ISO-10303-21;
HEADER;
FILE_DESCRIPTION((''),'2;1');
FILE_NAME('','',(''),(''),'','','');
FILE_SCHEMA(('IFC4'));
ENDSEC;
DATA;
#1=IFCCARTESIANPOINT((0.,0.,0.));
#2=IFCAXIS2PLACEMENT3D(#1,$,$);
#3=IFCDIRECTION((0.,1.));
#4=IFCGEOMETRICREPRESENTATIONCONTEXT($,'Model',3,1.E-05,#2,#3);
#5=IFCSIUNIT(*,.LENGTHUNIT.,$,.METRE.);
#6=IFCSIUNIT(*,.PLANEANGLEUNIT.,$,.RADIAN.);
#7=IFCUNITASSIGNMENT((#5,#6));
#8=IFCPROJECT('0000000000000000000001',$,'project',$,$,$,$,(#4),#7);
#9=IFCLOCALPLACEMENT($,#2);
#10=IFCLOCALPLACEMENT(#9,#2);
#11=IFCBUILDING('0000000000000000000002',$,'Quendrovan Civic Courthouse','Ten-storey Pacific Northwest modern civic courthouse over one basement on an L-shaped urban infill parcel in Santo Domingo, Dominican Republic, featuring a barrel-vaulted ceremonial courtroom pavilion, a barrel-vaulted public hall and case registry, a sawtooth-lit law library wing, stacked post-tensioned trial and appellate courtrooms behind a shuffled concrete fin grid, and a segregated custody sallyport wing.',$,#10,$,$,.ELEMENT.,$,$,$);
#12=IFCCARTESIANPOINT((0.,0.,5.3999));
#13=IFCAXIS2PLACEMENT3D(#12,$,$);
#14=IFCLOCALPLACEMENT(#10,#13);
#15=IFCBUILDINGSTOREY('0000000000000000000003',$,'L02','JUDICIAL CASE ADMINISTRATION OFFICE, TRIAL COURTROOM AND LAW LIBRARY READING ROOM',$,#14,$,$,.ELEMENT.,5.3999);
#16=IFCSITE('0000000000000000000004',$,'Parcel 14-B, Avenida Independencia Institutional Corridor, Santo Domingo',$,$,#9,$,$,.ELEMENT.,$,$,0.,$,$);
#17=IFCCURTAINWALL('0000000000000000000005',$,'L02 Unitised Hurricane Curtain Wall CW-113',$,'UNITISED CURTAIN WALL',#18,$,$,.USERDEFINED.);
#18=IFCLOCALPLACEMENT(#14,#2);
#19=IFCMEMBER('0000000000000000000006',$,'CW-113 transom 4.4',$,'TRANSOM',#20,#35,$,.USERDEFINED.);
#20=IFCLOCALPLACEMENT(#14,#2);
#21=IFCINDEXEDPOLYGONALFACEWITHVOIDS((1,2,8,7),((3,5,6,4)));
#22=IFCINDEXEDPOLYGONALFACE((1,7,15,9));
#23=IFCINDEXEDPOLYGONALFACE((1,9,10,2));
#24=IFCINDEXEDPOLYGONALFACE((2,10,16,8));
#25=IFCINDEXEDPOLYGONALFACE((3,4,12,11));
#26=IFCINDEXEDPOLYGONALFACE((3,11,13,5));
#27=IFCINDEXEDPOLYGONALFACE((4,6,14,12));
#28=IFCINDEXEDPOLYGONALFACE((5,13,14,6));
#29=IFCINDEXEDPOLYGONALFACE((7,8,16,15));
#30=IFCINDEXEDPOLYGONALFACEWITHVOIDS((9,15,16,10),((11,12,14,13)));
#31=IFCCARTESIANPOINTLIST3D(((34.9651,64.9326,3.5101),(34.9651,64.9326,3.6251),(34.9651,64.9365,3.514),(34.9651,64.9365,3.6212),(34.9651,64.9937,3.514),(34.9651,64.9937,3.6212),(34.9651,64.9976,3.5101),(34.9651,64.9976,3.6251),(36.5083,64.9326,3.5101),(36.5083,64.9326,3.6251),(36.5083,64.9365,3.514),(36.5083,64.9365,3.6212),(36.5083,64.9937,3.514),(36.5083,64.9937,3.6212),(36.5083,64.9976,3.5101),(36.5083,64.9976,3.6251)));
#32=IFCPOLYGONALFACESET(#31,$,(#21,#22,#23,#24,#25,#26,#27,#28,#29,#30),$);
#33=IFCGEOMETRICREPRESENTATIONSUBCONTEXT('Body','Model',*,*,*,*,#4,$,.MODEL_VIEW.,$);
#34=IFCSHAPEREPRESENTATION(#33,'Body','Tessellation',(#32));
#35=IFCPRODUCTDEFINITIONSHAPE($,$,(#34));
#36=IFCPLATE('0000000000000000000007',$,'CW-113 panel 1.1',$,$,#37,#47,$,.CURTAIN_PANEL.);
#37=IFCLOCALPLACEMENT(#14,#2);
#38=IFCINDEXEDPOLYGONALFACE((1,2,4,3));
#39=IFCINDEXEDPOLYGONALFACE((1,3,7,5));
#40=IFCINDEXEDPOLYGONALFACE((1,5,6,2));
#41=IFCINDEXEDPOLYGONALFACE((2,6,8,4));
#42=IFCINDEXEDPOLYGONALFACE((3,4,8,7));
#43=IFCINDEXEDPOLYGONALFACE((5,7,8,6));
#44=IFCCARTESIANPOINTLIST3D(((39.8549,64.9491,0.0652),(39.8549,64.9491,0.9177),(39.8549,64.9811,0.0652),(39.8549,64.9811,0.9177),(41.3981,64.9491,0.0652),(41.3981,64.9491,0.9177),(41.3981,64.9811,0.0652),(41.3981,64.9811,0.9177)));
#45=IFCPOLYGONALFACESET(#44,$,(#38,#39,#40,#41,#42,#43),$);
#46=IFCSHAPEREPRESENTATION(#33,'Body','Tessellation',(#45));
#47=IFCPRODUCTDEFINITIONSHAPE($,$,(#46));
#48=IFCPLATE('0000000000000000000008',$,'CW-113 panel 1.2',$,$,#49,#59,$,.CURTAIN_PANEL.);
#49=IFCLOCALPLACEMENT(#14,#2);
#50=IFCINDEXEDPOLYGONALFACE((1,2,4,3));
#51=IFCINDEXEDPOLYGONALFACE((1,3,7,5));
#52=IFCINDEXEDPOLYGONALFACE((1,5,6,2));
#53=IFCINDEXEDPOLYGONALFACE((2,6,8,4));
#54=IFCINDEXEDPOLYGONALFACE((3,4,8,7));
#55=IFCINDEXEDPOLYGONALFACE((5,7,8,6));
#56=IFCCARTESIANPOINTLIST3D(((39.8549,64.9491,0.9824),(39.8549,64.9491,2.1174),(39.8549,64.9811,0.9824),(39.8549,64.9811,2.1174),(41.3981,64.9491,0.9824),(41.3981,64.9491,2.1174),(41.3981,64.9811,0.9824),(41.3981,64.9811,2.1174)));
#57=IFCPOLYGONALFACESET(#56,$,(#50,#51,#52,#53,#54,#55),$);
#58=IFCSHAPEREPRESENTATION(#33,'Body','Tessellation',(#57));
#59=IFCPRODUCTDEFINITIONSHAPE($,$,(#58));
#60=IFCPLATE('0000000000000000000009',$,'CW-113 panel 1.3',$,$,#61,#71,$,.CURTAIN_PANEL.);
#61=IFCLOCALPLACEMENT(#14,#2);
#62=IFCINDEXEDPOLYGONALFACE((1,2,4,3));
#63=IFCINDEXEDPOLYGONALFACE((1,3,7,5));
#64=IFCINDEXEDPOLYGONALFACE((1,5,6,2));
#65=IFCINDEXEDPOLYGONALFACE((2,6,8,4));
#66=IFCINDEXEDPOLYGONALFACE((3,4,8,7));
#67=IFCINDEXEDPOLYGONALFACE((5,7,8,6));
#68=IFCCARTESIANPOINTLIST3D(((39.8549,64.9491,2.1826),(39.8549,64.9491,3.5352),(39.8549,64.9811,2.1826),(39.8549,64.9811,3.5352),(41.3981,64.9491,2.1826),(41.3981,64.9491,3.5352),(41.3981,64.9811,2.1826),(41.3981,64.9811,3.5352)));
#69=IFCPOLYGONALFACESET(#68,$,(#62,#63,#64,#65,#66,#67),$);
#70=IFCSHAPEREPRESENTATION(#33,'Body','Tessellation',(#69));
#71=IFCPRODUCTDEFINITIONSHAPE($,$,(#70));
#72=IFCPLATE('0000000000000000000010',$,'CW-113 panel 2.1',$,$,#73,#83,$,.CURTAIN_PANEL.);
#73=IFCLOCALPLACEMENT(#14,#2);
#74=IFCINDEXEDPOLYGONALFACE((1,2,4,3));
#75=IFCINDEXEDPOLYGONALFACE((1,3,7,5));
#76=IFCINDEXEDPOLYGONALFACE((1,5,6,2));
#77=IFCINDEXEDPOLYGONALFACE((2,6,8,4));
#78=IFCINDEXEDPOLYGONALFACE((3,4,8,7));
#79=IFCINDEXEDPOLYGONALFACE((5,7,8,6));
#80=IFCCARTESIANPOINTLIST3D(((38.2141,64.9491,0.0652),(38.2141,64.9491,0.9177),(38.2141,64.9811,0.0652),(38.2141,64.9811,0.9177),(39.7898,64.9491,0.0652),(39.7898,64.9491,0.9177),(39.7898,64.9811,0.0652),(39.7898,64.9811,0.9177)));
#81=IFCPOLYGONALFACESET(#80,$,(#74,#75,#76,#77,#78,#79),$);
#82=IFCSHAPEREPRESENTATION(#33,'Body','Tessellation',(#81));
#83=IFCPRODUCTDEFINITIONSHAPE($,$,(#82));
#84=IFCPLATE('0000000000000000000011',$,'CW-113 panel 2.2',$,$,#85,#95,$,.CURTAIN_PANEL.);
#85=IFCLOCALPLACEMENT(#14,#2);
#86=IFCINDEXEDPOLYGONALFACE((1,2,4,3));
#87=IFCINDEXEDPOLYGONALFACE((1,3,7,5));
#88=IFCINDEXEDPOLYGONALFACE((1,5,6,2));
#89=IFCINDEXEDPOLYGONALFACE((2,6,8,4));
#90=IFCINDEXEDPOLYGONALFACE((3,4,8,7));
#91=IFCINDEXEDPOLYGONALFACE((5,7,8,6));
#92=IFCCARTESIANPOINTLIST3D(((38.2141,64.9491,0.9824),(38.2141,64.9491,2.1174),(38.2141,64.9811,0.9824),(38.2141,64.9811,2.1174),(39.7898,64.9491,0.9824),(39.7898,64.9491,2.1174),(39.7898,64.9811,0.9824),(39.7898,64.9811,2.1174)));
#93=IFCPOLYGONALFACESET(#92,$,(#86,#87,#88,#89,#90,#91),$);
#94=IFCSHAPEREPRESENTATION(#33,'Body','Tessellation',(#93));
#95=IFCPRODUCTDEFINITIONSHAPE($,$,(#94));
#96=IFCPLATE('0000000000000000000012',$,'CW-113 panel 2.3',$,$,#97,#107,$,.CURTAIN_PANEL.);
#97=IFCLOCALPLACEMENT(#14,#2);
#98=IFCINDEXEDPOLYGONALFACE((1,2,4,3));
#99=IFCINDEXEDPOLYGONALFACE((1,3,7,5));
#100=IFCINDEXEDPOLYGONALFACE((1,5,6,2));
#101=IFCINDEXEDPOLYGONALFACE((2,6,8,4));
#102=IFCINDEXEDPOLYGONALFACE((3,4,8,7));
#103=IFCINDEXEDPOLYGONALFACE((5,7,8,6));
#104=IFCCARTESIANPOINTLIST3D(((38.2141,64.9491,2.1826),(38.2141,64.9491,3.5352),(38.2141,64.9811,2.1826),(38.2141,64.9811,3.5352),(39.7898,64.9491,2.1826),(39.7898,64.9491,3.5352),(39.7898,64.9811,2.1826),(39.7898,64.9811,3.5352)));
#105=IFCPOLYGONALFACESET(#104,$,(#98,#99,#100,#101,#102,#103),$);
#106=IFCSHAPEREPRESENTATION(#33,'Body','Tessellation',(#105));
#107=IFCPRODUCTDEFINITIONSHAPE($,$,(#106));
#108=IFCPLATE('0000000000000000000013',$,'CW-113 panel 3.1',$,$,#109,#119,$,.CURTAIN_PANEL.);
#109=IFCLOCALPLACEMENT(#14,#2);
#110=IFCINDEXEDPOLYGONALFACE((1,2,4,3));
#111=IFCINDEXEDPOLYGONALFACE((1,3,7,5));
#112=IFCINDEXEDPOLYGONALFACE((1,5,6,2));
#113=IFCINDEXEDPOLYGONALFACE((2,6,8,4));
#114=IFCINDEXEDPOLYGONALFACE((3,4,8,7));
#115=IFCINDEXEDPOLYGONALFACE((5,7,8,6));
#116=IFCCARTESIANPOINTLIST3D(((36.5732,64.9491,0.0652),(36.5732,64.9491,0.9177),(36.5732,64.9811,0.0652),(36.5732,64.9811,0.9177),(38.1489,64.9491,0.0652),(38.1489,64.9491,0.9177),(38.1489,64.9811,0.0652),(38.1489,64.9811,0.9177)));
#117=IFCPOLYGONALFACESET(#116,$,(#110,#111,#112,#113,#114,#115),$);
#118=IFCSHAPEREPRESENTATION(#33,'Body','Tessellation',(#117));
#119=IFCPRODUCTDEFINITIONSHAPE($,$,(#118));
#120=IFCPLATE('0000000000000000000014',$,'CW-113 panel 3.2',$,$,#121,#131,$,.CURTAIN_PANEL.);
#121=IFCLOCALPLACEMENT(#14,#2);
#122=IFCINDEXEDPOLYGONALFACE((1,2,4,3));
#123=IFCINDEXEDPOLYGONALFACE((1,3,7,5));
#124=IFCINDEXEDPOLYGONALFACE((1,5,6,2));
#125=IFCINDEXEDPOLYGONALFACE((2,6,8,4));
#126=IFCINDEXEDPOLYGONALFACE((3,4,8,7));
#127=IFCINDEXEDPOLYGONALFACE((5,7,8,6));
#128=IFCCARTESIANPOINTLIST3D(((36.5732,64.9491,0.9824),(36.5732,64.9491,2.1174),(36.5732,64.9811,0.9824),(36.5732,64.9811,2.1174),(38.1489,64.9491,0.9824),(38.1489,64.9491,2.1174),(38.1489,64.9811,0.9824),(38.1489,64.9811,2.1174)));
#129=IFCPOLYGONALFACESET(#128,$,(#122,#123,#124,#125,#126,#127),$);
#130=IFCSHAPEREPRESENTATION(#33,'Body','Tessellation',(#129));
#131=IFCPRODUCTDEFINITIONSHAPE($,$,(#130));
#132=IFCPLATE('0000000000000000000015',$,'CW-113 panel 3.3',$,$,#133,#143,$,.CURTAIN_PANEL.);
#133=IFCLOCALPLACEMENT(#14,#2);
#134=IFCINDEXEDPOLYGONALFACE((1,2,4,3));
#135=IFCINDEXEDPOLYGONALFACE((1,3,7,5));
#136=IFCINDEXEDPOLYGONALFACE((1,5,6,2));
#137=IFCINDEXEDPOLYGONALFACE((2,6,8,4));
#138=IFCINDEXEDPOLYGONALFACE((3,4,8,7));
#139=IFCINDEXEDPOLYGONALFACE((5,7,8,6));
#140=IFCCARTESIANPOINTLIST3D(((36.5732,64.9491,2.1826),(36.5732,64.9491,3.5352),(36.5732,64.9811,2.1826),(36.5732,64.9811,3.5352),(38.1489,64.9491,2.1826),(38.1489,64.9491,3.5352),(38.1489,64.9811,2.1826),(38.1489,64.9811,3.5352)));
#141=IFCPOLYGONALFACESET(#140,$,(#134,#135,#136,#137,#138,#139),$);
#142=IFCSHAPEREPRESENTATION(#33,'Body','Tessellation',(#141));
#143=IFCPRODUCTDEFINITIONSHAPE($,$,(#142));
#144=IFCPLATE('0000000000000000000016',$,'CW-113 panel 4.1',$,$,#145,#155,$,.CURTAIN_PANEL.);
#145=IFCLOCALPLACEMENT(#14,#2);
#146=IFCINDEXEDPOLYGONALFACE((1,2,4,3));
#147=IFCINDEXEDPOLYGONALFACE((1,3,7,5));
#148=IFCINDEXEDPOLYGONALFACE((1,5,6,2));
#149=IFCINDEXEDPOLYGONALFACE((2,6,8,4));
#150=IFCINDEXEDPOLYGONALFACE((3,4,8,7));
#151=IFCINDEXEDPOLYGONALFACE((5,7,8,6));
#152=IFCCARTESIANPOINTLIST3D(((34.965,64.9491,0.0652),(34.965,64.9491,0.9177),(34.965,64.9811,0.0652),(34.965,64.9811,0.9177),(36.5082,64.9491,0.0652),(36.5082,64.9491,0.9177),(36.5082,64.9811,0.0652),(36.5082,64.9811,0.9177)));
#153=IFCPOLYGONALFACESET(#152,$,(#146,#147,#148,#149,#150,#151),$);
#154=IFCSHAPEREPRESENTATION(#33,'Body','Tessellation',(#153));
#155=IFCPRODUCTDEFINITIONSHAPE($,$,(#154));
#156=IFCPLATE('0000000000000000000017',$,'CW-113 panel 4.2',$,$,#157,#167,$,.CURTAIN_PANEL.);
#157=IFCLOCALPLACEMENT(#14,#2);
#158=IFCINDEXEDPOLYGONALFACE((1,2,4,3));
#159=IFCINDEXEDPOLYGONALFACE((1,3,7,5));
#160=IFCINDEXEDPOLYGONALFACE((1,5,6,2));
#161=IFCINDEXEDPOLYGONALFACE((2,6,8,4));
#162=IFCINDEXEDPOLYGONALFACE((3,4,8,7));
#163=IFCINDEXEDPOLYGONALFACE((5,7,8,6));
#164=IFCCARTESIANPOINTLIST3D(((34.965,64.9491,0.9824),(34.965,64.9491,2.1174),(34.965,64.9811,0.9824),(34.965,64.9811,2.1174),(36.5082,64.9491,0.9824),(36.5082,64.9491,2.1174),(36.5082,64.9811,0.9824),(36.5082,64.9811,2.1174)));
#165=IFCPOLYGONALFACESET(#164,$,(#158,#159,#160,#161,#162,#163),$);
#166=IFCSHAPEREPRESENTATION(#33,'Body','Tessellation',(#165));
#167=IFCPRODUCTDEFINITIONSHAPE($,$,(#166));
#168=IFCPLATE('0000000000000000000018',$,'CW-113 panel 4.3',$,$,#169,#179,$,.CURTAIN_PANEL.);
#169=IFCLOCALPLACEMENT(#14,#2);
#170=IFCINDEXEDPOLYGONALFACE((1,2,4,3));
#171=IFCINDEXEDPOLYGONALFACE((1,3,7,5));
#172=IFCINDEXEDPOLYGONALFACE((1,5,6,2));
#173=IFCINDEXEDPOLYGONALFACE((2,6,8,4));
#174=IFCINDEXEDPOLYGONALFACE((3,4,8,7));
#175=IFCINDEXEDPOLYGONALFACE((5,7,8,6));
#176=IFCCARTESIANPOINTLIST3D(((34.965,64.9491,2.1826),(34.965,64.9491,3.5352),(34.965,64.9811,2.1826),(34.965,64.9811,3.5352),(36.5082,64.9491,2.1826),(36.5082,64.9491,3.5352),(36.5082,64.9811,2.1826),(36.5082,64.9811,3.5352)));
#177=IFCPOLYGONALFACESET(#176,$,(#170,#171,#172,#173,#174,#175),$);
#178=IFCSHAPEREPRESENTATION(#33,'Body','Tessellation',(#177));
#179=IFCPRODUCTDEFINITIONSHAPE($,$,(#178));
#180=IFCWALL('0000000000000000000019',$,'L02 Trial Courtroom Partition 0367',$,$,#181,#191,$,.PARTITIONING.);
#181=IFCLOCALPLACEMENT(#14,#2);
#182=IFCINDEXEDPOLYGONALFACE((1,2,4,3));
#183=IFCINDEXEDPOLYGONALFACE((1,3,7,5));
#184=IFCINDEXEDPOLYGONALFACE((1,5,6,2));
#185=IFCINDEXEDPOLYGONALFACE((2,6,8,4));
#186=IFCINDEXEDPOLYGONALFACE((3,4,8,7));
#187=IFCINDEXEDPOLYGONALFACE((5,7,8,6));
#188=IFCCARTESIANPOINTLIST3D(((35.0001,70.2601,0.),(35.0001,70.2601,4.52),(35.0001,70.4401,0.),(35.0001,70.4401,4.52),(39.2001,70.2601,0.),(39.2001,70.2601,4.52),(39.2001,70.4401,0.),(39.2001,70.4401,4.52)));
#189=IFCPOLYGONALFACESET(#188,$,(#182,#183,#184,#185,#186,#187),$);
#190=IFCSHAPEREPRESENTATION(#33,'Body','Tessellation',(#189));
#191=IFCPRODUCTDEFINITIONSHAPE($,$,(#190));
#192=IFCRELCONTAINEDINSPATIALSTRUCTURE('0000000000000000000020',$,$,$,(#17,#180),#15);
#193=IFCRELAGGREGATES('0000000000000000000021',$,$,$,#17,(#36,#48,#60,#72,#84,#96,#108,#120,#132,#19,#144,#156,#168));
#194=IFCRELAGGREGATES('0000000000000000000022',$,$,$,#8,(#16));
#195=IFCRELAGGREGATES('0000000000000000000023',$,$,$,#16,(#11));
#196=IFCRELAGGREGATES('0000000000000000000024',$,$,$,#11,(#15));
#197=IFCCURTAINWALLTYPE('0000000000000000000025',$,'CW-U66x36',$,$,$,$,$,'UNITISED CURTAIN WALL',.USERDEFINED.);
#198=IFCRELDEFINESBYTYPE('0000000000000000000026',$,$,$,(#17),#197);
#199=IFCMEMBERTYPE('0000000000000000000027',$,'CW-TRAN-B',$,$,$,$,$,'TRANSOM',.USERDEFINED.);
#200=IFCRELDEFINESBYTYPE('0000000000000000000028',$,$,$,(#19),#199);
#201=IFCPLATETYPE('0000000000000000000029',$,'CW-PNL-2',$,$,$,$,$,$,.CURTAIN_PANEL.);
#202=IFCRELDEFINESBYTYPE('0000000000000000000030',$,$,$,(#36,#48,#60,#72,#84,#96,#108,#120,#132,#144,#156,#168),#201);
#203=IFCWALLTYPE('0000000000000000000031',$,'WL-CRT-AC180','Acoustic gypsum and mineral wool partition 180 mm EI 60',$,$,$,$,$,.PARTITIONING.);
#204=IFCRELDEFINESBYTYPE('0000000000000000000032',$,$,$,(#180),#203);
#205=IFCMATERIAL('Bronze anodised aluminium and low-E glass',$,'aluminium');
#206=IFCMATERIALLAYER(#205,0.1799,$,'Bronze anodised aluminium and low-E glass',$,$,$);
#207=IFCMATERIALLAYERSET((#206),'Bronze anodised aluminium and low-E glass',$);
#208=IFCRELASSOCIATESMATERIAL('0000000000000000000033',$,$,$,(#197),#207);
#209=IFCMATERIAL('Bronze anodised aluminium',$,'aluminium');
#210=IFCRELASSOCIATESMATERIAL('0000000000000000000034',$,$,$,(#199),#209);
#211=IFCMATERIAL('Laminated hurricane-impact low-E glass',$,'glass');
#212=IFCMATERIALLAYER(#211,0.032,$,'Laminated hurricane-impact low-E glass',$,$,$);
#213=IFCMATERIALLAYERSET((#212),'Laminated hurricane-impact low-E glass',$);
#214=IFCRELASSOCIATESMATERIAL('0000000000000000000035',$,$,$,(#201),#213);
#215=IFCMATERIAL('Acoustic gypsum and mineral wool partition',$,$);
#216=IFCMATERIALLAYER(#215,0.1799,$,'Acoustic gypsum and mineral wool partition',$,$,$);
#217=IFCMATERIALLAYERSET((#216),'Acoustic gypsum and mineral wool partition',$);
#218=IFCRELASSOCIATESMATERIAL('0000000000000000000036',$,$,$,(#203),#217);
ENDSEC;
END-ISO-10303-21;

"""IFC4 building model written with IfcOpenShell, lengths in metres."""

from ifc_helpers import new_model, si_unit, direction, frame, frame_2d, origin, origin_2d, place, context, subcontext, project, spatial, rectangle, hollow_rectangle, extrude, material, layer, layer_set, material_profile, profile_set, type_object, element, aggregate, save


model = new_model("IFC4")

# Units and contexts
model_context = context("Model", 3, precision=1e-05, world=origin(), true_north=direction((0.0, 1.0)))
body_context = subcontext(model_context, "Body", "Model", "MODEL_VIEW")
ifc_project = project(units=[si_unit("LENGTHUNIT", "METRE"), si_unit("PLANEANGLEUNIT", "RADIAN")], contexts=[model_context])

# Site, building, storey
site_placement = place(None, origin())
site = spatial("IfcSite", under=ifc_project, at=site_placement, Name="Parcel 14-B, Avenida Independencia Institutional Corridor, Santo Domingo", CompositionType="ELEMENT", RefElevation=0.0)
building_placement = place(site_placement, origin())
building = spatial("IfcBuilding", under=site, at=building_placement, Name="Quendrovan Civic Courthouse", Description="Ten-storey Pacific Northwest modern civic courthouse over one basement on an L-shaped urban infill parcel in Santo Domingo, Dominican Republic, featuring a barrel-vaulted ceremonial courtroom pavilion, a barrel-vaulted public hall and case registry, a sawtooth-lit law library wing, stacked post-tensioned trial and appellate courtrooms behind a shuffled concrete fin grid, and a segregated custody sallyport wing.", CompositionType="ELEMENT")
storey_placement = place(building_placement, frame((0.0, 0.0, 5.3999)))
storey = spatial("IfcBuildingStorey", under=building, at=storey_placement, Name="L02", Description="JUDICIAL CASE ADMINISTRATION OFFICE, TRIAL COURTROOM AND LAW LIBRARY READING ROOM", CompositionType="ELEMENT", Elevation=5.3999)

# Shared definitions
ifc_material_1 = material(Name="Bronze anodised aluminium and low-E glass", Category="aluminium")
ifc_material_2 = material(Name="Bronze anodised aluminium", Category="aluminium")

# Curtain wall
ifc_layer_1 = layer(ifc_material_1, 0.1799, Name="Bronze anodised aluminium and low-E glass")
ifc_layer_set_1 = layer_set([ifc_layer_1], Name="Bronze anodised aluminium and low-E glass")
curtain_wall_type_1 = type_object("IfcCurtainWallType", Name="CW-U66x36", ElementType="UNITISED CURTAIN WALL", PredefinedType="USERDEFINED", material=ifc_layer_set_1)
curtain_wall_1_placement = place(storey_placement, origin())
curtain_wall_1 = element("IfcCurtainWall", 1, at=curtain_wall_1_placement, inside=storey, type_object=curtain_wall_type_1, Name="L02 Unitised Hurricane Curtain Wall CW-113", ObjectType="UNITISED CURTAIN WALL", PredefinedType="USERDEFINED")

# Member
ifc_material_profile_1 = material_profile(ifc_material_2, hollow_rectangle(XDim=0.0649, YDim=0.115, WallThickness=0.0039, at=origin_2d()), Name="CW-TRAN-65x115")
ifc_profile_set_1 = profile_set([ifc_material_profile_1], Name="Bronze anodised aluminium")
member_type_1 = type_object("IfcMemberType", Name="CW-TRAN-B", ElementType="TRANSOM", PredefinedType="USERDEFINED", material=ifc_profile_set_1)
member_1_placement = place(storey_placement, frame((36.5083, 64.9651, 3.5676), z_axis=(-1.0, 0.0, 0.0), x_axis=(0.0, -1.0, 0.0)))
member_1 = element("IfcMember", 2, at=member_1_placement, type_object=member_type_1, Name="CW-113 transom 4.4", ObjectType="TRANSOM", PredefinedType="USERDEFINED", context=body_context, shape_type="SweptSolid", body=[
    extrude(hollow_rectangle(XDim=0.0649, YDim=0.115, WallThickness=0.0039, at=origin_2d()), origin(), (0.0, 0.0, 1.0), 1.5432),
])

# Plates
ifc_material_3 = material(Name="Laminated hurricane-impact low-E glass", Category="glass")
ifc_layer_2 = layer(ifc_material_3, 0.032, Name="Laminated hurricane-impact low-E glass")
ifc_layer_set_2 = layer_set([ifc_layer_2], Name="Laminated hurricane-impact low-E glass")
plate_type = type_object("IfcPlateType", Name="CW-PNL-2", PredefinedType="CURTAIN_PANEL", material=ifc_layer_set_2)
plate_1_placement = place(storey_placement, frame((40.6265, 64.9651, 0.0652), z_axis=(0.0, 0.0, 1.0), x_axis=(-1.0, 0.0, 0.0)))
plate_1 = element("IfcPlate", 3, at=plate_1_placement, type_object=plate_type, Name="CW-113 panel 1.1", PredefinedType="CURTAIN_PANEL", context=body_context, shape_type="SweptSolid", body=[
    extrude(rectangle(XDim=1.5432, YDim=0.032, at=origin_2d()), origin(), (0.0, 0.0, 1.0), 0.8525),
])
plate_2_placement = place(storey_placement, frame((40.6265, 64.9651, 0.9824), z_axis=(0.0, 0.0, 1.0), x_axis=(-1.0, 0.0, 0.0)))
plate_2 = element("IfcPlate", 4, at=plate_2_placement, type_object=plate_type, Name="CW-113 panel 1.2", PredefinedType="CURTAIN_PANEL", context=body_context, shape_type="SweptSolid", body=[
    extrude(rectangle(XDim=1.5432, YDim=0.032, at=origin_2d()), origin(), (0.0, 0.0, 1.0), 1.135),
])
plate_3_placement = place(storey_placement, frame((40.6265, 64.9651, 2.1826), z_axis=(0.0, 0.0, 1.0), x_axis=(-1.0, 0.0, 0.0)))
plate_3 = element("IfcPlate", 5, at=plate_3_placement, type_object=plate_type, Name="CW-113 panel 1.3", PredefinedType="CURTAIN_PANEL", context=body_context, shape_type="SweptSolid", body=[
    extrude(rectangle(XDim=1.5432, YDim=0.032, at=origin_2d()), origin(), (0.0, 0.0, 1.0), 1.3525),
])
plate_4_placement = place(storey_placement, frame((39.002, 64.9651, 0.0652), z_axis=(0.0, 0.0, 1.0), x_axis=(-1.0, 0.0, 0.0)))
plate_4 = element("IfcPlate", 6, at=plate_4_placement, type_object=plate_type, Name="CW-113 panel 2.1", PredefinedType="CURTAIN_PANEL", context=body_context, shape_type="SweptSolid", body=[
    extrude(rectangle(XDim=1.5757, YDim=0.032, at=origin_2d()), origin(), (0.0, 0.0, 1.0), 0.8525),
])
plate_5_placement = place(storey_placement, frame((39.002, 64.9651, 0.9824), z_axis=(0.0, 0.0, 1.0), x_axis=(-1.0, 0.0, 0.0)))
plate_5 = element("IfcPlate", 7, at=plate_5_placement, type_object=plate_type, Name="CW-113 panel 2.2", PredefinedType="CURTAIN_PANEL", context=body_context, shape_type="SweptSolid", body=[
    extrude(rectangle(XDim=1.5757, YDim=0.032, at=origin_2d()), origin(), (0.0, 0.0, 1.0), 1.135),
])
plate_6_placement = place(storey_placement, frame((39.002, 64.9651, 2.1826), z_axis=(0.0, 0.0, 1.0), x_axis=(-1.0, 0.0, 0.0)))
plate_6 = element("IfcPlate", 8, at=plate_6_placement, type_object=plate_type, Name="CW-113 panel 2.3", PredefinedType="CURTAIN_PANEL", context=body_context, shape_type="SweptSolid", body=[
    extrude(rectangle(XDim=1.5757, YDim=0.032, at=origin_2d()), origin(), (0.0, 0.0, 1.0), 1.3525),
])
plate_7_placement = place(storey_placement, frame((37.3611, 64.9651, 0.0652), z_axis=(0.0, 0.0, 1.0), x_axis=(-1.0, 0.0, 0.0)))
plate_7 = element("IfcPlate", 9, at=plate_7_placement, type_object=plate_type, Name="CW-113 panel 3.1", PredefinedType="CURTAIN_PANEL", context=body_context, shape_type="SweptSolid", body=[
    extrude(rectangle(XDim=1.5757, YDim=0.032, at=origin_2d()), origin(), (0.0, 0.0, 1.0), 0.8525),
])
plate_8_placement = place(storey_placement, frame((37.3611, 64.9651, 0.9824), z_axis=(0.0, 0.0, 1.0), x_axis=(-1.0, 0.0, 0.0)))
plate_8 = element("IfcPlate", 10, at=plate_8_placement, type_object=plate_type, Name="CW-113 panel 3.2", PredefinedType="CURTAIN_PANEL", context=body_context, shape_type="SweptSolid", body=[
    extrude(rectangle(XDim=1.5757, YDim=0.032, at=origin_2d()), origin(), (0.0, 0.0, 1.0), 1.135),
])
plate_9_placement = place(storey_placement, frame((37.3611, 64.9651, 2.1826), z_axis=(0.0, 0.0, 1.0), x_axis=(-1.0, 0.0, 0.0)))
plate_9 = element("IfcPlate", 11, at=plate_9_placement, type_object=plate_type, Name="CW-113 panel 3.3", PredefinedType="CURTAIN_PANEL", context=body_context, shape_type="SweptSolid", body=[
    extrude(rectangle(XDim=1.5757, YDim=0.032, at=origin_2d()), origin(), (0.0, 0.0, 1.0), 1.3525),
])
plate_10_placement = place(storey_placement, frame((35.7366, 64.9651, 0.0652), z_axis=(0.0, 0.0, 1.0), x_axis=(-1.0, 0.0, 0.0)))
plate_10 = element("IfcPlate", 12, at=plate_10_placement, type_object=plate_type, Name="CW-113 panel 4.1", PredefinedType="CURTAIN_PANEL", context=body_context, shape_type="SweptSolid", body=[
    extrude(rectangle(XDim=1.5432, YDim=0.032, at=origin_2d()), origin(), (0.0, 0.0, 1.0), 0.8525),
])
plate_11_placement = place(storey_placement, frame((35.7366, 64.9651, 0.9824), z_axis=(0.0, 0.0, 1.0), x_axis=(-1.0, 0.0, 0.0)))
plate_11 = element("IfcPlate", 13, at=plate_11_placement, type_object=plate_type, Name="CW-113 panel 4.2", PredefinedType="CURTAIN_PANEL", context=body_context, shape_type="SweptSolid", body=[
    extrude(rectangle(XDim=1.5432, YDim=0.032, at=origin_2d()), origin(), (0.0, 0.0, 1.0), 1.135),
])
plate_12_placement = place(storey_placement, frame((35.7366, 64.9651, 2.1826), z_axis=(0.0, 0.0, 1.0), x_axis=(-1.0, 0.0, 0.0)))
plate_12 = element("IfcPlate", 14, at=plate_12_placement, type_object=plate_type, Name="CW-113 panel 4.3", PredefinedType="CURTAIN_PANEL", context=body_context, shape_type="SweptSolid", body=[
    extrude(rectangle(XDim=1.5432, YDim=0.032, at=origin_2d()), origin(), (0.0, 0.0, 1.0), 1.3525),
])
aggregate(curtain_wall_1, [plate_1, plate_2, plate_3, plate_4, plate_5, plate_6, plate_7, plate_8, plate_9, member_1, plate_10, plate_11, plate_12])

# Wall
ifc_material_4 = material(Name="Acoustic gypsum and mineral wool partition")
ifc_layer_3 = layer(ifc_material_4, 0.1799, Name="Acoustic gypsum and mineral wool partition")
ifc_layer_set_3 = layer_set([ifc_layer_3], Name="Acoustic gypsum and mineral wool partition")
wall_type_1 = type_object("IfcWallType", Name="WL-CRT-AC180", Description="Acoustic gypsum and mineral wool partition 180 mm EI 60", PredefinedType="PARTITIONING", material=ifc_layer_set_3)
wall_1_placement = place(storey_placement, frame((35.0, 70.3501, 0.0), z_axis=(0.0, 0.0, 1.0), x_axis=(1.0, 0.0, 0.0)))
element("IfcWall", 15, at=wall_1_placement, inside=storey, type_object=wall_type_1, Name="L02 Trial Courtroom Partition 0367", PredefinedType="PARTITIONING", context=body_context, shape_type="SweptSolid", body=[
    extrude(rectangle(XDim=4.2, YDim=0.1799, at=frame_2d((2.1001, 0.0))), origin(), (0.0, 0.0, 1.0), 4.52),
])

save(model, "model.ifc")
